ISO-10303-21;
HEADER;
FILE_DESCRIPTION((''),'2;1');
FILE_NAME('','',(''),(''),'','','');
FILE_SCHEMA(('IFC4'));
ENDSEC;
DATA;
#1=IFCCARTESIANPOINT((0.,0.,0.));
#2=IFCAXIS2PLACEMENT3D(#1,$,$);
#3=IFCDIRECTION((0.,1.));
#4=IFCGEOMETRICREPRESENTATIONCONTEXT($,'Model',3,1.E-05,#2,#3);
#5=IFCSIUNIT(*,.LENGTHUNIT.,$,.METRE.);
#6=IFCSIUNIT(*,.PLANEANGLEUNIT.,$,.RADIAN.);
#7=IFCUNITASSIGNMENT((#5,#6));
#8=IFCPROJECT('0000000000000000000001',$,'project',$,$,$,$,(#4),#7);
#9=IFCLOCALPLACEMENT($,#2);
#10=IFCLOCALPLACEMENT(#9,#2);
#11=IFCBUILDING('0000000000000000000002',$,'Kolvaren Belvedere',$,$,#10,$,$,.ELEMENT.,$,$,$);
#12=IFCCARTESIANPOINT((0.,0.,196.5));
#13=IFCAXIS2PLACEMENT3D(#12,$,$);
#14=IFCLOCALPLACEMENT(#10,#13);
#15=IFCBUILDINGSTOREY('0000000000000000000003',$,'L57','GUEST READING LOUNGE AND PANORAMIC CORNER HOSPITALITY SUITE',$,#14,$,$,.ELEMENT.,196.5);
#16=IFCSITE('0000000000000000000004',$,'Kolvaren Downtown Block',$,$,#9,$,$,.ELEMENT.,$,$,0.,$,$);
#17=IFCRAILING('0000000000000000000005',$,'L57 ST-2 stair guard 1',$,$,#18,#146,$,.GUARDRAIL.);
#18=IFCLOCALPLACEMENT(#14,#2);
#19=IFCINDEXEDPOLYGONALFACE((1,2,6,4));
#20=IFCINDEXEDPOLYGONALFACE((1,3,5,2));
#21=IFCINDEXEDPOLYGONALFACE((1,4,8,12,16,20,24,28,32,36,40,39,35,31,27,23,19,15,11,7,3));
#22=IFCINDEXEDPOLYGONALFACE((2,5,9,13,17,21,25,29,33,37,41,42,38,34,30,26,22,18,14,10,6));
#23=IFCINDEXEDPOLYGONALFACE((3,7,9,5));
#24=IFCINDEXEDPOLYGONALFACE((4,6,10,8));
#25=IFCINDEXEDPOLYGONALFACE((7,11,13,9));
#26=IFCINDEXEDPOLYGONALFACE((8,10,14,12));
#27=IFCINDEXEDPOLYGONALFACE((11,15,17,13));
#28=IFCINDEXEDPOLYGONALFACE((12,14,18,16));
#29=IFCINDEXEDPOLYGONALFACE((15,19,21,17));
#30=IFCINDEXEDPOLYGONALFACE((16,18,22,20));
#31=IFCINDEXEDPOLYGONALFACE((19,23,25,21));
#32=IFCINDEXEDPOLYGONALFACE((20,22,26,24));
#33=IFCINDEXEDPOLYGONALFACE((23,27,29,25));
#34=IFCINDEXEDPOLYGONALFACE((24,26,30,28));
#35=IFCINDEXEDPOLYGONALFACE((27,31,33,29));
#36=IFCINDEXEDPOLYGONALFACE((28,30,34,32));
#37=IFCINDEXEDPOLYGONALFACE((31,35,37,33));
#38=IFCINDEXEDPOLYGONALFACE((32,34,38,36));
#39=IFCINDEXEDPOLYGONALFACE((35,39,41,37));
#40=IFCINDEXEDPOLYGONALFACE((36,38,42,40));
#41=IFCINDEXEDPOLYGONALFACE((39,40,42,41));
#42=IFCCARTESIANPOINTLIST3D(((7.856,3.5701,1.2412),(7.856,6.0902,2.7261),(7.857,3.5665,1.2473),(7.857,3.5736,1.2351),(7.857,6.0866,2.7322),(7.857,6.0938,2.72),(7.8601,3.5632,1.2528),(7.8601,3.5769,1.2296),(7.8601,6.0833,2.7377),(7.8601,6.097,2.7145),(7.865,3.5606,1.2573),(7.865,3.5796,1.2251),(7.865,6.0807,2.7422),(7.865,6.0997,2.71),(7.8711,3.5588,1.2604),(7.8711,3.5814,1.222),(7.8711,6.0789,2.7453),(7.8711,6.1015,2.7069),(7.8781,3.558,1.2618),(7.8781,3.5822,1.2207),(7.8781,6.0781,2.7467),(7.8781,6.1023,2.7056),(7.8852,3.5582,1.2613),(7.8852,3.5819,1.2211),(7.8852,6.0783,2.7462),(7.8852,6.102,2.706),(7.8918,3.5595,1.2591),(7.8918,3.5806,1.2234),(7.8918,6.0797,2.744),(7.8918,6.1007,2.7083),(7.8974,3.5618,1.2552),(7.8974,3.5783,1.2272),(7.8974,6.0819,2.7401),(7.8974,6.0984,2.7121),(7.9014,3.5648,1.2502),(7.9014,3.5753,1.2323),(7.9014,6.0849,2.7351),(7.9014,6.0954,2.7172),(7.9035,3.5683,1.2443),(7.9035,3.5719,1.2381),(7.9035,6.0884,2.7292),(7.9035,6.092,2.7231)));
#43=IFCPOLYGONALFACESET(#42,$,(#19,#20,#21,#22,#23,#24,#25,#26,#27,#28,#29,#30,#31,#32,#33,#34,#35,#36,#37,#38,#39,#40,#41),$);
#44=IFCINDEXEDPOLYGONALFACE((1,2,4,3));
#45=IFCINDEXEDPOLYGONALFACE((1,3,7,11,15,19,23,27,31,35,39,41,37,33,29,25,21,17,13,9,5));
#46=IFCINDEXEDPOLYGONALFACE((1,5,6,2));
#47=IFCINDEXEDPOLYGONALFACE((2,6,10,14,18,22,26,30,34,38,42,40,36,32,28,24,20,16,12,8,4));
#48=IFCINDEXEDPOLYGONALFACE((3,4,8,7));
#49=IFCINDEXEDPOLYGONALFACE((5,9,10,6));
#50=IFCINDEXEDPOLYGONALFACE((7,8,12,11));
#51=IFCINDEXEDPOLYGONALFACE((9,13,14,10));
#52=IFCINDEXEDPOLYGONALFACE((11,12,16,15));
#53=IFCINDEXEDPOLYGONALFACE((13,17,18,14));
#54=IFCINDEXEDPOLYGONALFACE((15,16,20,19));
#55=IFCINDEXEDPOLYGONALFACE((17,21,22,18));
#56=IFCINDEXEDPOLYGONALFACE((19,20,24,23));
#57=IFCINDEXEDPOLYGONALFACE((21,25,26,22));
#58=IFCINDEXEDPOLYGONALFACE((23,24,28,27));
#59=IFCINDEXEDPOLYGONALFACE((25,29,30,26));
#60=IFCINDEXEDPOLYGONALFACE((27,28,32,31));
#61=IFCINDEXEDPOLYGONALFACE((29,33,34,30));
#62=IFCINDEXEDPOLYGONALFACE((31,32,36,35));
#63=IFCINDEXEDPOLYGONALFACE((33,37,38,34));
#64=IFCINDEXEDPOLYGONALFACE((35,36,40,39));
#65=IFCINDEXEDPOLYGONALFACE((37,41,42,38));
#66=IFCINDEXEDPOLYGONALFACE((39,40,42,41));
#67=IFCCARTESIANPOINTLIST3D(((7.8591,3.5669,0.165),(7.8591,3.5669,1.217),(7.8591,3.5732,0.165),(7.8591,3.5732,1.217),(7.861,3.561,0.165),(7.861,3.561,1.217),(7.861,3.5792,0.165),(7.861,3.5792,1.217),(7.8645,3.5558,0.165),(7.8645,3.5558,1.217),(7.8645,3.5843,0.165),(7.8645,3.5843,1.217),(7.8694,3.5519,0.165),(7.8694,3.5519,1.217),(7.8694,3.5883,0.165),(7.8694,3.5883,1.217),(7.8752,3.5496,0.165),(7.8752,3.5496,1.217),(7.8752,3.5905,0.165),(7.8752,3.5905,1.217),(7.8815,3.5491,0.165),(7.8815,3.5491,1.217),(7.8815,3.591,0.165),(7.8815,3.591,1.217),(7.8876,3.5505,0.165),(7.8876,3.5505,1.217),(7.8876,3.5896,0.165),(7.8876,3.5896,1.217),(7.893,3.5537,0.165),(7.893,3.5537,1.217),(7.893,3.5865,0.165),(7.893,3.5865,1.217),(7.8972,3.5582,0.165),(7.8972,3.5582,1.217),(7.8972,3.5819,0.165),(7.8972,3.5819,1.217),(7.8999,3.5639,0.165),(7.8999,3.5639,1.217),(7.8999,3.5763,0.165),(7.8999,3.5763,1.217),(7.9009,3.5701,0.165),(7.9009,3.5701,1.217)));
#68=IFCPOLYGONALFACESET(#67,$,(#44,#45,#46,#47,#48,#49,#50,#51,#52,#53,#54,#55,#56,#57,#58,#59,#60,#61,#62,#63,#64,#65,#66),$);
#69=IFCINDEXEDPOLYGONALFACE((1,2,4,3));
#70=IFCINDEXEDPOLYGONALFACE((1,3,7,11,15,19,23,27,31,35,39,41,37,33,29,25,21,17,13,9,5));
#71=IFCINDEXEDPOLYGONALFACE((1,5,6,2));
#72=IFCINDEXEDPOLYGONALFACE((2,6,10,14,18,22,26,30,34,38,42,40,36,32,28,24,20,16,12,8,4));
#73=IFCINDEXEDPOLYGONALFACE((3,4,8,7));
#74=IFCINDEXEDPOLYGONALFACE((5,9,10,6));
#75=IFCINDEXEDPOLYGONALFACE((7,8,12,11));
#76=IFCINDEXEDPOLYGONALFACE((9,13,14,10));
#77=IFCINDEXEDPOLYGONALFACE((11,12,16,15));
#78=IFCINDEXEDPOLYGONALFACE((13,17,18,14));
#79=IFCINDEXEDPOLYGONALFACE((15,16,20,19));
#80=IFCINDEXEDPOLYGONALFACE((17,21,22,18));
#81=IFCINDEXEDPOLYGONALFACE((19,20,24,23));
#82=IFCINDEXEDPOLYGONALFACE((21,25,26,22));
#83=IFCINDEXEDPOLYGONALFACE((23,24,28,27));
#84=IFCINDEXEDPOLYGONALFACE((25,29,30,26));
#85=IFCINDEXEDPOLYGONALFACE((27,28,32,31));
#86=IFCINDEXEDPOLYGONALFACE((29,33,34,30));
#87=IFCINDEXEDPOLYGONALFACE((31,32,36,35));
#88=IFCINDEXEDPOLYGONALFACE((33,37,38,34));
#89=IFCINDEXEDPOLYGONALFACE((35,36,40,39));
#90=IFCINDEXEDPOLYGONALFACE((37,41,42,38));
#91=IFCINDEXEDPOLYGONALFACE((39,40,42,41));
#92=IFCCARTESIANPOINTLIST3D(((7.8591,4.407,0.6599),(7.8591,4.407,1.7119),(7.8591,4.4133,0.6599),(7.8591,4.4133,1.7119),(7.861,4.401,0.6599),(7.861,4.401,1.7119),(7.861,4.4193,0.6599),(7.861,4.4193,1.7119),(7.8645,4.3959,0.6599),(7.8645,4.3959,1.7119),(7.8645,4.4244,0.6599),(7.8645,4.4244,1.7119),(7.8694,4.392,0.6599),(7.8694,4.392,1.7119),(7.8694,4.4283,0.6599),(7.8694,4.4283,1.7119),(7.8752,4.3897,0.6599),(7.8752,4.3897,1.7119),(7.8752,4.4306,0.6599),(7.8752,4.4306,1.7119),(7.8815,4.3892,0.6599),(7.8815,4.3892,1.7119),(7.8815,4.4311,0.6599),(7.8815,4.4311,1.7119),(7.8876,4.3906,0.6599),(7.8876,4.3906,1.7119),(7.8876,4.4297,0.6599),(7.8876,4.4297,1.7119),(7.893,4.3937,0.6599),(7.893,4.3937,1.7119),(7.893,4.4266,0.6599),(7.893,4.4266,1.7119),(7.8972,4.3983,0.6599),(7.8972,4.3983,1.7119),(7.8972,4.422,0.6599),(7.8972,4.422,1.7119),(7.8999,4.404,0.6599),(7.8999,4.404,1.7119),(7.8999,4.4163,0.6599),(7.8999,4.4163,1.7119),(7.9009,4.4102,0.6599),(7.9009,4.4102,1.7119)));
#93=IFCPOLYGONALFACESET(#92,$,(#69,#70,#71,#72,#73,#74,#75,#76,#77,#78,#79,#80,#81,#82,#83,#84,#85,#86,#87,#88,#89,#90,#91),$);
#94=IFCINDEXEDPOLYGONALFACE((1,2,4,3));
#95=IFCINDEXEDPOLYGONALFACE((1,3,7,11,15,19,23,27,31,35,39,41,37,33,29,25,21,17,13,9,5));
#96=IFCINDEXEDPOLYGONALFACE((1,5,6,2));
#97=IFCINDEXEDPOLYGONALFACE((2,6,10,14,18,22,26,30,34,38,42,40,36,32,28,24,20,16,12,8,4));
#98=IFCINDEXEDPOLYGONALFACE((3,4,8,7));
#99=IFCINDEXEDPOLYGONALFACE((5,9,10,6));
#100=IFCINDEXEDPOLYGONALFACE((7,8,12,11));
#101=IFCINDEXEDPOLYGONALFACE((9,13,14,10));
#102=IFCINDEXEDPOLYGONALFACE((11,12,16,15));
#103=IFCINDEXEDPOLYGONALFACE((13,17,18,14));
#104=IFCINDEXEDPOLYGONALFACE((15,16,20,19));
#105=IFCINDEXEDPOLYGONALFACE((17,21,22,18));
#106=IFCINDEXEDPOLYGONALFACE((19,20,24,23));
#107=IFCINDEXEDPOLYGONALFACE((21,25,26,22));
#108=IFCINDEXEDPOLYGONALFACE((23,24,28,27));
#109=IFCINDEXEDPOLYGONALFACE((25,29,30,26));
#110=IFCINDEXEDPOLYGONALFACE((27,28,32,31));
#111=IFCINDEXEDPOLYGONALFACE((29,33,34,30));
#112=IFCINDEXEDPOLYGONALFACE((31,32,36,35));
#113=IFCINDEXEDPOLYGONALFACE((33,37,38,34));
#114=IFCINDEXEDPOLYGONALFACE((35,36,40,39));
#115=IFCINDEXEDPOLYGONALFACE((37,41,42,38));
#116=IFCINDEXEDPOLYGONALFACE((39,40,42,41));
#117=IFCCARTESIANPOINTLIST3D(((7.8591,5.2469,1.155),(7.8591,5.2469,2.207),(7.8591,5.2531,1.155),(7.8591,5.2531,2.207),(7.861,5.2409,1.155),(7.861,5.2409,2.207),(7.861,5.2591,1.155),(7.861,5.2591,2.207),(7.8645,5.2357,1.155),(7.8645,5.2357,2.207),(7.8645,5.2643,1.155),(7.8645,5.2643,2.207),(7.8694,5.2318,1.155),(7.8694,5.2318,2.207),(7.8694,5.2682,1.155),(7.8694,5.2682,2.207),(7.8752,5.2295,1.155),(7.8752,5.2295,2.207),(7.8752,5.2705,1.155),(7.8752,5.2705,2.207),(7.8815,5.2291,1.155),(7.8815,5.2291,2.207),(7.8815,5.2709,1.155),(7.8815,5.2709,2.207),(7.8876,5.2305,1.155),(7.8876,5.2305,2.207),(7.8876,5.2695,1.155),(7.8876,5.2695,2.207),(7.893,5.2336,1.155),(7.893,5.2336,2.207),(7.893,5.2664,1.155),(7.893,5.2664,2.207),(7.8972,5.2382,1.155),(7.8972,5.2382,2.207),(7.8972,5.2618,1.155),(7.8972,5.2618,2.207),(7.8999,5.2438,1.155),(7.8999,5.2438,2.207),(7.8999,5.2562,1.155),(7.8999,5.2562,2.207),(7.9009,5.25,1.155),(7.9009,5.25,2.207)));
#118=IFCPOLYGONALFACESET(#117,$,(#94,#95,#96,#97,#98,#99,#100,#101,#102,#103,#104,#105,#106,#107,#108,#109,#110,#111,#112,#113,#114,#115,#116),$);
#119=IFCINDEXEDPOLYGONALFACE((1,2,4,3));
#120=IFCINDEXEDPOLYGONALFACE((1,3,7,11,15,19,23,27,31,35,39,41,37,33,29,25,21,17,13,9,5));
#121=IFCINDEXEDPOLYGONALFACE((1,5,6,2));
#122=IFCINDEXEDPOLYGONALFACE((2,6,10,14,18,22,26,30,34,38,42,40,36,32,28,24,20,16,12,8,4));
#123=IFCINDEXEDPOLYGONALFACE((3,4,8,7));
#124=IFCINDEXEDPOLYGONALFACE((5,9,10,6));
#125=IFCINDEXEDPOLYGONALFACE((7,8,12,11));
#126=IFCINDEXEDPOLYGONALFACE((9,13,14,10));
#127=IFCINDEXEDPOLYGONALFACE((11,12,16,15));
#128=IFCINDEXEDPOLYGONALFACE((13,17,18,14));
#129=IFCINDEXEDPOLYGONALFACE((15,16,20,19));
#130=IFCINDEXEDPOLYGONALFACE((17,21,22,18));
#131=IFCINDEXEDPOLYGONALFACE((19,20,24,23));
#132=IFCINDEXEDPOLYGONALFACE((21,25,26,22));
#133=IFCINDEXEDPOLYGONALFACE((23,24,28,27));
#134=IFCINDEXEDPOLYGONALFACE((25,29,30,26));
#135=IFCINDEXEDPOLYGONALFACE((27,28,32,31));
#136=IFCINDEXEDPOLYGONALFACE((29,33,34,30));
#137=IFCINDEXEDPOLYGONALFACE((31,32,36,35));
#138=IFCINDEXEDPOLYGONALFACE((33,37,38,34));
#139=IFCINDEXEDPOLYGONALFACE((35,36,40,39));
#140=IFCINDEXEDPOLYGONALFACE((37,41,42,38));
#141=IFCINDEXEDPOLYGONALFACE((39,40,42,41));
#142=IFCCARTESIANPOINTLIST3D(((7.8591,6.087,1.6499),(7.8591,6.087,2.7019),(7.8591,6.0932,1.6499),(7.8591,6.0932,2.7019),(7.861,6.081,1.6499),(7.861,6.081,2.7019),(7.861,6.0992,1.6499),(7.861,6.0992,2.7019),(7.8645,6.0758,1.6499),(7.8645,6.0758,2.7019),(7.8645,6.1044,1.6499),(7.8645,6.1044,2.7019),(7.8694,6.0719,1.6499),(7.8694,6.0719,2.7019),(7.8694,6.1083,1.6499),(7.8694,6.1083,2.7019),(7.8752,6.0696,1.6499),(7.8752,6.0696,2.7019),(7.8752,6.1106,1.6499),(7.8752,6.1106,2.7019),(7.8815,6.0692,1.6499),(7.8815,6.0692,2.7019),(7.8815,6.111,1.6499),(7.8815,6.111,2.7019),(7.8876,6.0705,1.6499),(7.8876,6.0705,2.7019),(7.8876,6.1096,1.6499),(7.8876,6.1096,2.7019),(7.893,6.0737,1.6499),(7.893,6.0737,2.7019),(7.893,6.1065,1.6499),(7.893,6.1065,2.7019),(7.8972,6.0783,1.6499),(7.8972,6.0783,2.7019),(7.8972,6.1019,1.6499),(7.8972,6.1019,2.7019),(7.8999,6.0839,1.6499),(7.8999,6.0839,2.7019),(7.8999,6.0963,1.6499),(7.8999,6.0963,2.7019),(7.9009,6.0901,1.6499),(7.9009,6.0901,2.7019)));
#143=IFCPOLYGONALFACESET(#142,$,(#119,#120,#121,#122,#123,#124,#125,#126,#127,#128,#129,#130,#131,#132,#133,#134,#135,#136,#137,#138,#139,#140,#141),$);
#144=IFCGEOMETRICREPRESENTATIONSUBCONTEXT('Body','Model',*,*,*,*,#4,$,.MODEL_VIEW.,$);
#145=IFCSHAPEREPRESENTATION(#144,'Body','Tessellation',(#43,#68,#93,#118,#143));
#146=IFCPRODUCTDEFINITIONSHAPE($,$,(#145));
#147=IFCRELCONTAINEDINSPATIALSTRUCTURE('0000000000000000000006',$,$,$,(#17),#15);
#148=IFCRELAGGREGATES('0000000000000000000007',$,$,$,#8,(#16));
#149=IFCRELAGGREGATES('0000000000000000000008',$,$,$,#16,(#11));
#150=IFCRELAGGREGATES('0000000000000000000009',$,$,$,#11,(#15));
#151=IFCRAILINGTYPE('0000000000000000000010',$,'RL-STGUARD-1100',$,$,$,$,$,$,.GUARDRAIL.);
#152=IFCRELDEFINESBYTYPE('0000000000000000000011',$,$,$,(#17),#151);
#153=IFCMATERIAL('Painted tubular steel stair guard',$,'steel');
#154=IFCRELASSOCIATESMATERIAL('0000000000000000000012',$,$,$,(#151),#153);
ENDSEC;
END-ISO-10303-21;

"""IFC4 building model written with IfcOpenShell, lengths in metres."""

from ifc_helpers import new_model, si_unit, direction, frame, origin, origin_2d, place, context, subcontext, project, spatial, circle, extrude, material, type_object, element, save


model = new_model("IFC4")

# Units and contexts
model_context = context("Model", 3, precision=1e-05, world=origin(), true_north=direction((0.0, 1.0)))
body_context = subcontext(model_context, "Body", "Model", "MODEL_VIEW")
ifc_project = project(units=[si_unit("LENGTHUNIT", "METRE"), si_unit("PLANEANGLEUNIT", "RADIAN")], contexts=[model_context])

# Site, building, storey
site_placement = place(None, origin())
site = spatial("IfcSite", under=ifc_project, at=site_placement, Name="Kolvaren Downtown Block", CompositionType="ELEMENT", RefElevation=0.0)
building_placement = place(site_placement, origin())
building = spatial("IfcBuilding", under=site, at=building_placement, Name="Kolvaren Belvedere", CompositionType="ELEMENT")
storey_placement = place(building_placement, frame((0.0, 0.0, 196.5)))
storey = spatial("IfcBuildingStorey", under=building, at=storey_placement, Name="L57", Description="GUEST READING LOUNGE AND PANORAMIC CORNER HOSPITALITY SUITE", CompositionType="ELEMENT", Elevation=196.5)

# Railing
ifc_material_1 = material(Name="Painted tubular steel stair guard", Category="steel")
railing_type_1 = type_object("IfcRailingType", Name="RL-STGUARD-1100", PredefinedType="GUARDRAIL", material=ifc_material_1)
railing_1_placement = place(storey_placement, frame((7.8799, 3.5701, 0.165)))
element("IfcRailing", 1, at=railing_1_placement, inside=storey, type_object=railing_type_1, Name="L57 ST-2 stair guard 1", PredefinedType="GUARDRAIL", context=body_context, shape_type="SweptSolid", body=[
    extrude(circle(Radius=0.0239, at=origin_2d()), frame((0.0, 0.0, 1.0762), z_axis=(0.0, 0.861561, 0.507655), x_axis=(-1.0, 0.0, 0.0)), (0.0, 0.0, 1.0), 2.925),
    extrude(circle(Radius=0.021, at=origin_2d()), origin(), (0.0, 0.0, 1.0), 1.052),
    extrude(circle(Radius=0.021, at=origin_2d()), frame((0.0, 0.8401, 0.4949)), (0.0, 0.0, 1.0), 1.052),
    extrude(circle(Radius=0.021, at=origin_2d()), frame((0.0, 1.6799, 0.99)), (0.0, 0.0, 1.0), 1.052),
    extrude(circle(Radius=0.021, at=origin_2d()), frame((0.0, 2.52, 1.4849)), (0.0, 0.0, 1.0), 1.052),
])

save(model, "model.ifc")
